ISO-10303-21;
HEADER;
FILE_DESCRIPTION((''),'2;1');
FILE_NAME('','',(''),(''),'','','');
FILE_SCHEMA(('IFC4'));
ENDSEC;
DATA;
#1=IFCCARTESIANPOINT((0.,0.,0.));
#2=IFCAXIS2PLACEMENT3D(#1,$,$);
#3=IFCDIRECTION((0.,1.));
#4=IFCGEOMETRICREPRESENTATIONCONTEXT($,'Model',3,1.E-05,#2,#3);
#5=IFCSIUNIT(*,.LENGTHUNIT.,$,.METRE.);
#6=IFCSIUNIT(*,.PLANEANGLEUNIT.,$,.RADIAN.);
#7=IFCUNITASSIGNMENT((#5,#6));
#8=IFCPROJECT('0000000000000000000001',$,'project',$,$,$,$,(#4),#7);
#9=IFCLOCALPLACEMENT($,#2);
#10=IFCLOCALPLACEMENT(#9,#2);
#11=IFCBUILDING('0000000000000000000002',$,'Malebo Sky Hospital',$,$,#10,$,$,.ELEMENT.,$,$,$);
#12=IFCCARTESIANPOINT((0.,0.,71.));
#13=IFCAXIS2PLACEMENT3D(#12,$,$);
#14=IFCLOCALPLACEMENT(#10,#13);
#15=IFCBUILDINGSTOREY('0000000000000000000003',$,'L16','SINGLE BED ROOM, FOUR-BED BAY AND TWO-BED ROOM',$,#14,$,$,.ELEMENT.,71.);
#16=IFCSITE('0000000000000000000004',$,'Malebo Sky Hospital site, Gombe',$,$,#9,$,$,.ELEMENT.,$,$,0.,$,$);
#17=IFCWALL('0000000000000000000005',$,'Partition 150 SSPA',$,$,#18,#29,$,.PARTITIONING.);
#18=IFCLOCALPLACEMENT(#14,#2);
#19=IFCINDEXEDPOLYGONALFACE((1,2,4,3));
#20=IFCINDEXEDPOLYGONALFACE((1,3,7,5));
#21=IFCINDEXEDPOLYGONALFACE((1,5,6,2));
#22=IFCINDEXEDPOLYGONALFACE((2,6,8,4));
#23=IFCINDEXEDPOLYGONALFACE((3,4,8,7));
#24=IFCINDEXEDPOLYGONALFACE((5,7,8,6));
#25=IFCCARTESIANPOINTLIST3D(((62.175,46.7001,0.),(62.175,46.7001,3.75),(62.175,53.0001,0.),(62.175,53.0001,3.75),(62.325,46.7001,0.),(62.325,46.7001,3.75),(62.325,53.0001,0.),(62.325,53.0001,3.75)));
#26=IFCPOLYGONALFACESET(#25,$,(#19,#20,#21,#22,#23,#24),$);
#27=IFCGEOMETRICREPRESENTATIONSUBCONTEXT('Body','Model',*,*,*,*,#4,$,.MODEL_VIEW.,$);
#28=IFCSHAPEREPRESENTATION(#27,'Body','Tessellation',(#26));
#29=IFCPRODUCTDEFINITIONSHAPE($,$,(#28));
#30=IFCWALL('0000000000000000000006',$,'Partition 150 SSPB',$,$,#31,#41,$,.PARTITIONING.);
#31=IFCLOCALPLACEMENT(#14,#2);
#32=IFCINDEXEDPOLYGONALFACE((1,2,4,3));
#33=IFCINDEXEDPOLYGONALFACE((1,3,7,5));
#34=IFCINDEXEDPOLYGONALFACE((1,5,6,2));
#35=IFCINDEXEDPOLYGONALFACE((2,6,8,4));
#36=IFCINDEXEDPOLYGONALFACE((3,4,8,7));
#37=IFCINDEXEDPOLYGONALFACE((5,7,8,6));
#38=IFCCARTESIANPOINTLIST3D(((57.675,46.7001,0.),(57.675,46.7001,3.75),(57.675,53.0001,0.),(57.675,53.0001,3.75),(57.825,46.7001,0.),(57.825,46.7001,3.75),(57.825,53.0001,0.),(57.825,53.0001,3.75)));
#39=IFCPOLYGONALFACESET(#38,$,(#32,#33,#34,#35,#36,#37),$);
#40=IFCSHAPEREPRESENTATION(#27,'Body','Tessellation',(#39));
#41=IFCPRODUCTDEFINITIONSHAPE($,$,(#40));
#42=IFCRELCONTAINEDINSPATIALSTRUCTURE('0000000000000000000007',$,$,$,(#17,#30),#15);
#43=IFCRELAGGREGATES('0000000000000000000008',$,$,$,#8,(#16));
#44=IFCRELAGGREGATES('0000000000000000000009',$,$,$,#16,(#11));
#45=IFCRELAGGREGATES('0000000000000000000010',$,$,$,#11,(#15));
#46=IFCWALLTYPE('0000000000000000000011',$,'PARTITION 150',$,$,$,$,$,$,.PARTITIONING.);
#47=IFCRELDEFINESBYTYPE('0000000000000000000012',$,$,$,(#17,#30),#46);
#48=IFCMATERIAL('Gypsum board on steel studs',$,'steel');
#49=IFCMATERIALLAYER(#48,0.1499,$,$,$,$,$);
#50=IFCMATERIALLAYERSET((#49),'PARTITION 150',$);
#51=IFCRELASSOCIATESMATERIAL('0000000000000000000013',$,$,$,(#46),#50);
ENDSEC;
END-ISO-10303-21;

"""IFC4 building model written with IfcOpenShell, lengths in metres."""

from ifc_helpers import new_model, si_unit, direction, frame, frame_2d, origin, place, context, subcontext, project, spatial, rectangle, extrude, material, layer, layer_set, type_object, element, save


model = new_model("IFC4")

# Units and contexts
model_context = context("Model", 3, precision=1e-05, world=origin(), true_north=direction((0.0, 1.0)))
body_context = subcontext(model_context, "Body", "Model", "MODEL_VIEW")
ifc_project = project(units=[si_unit("LENGTHUNIT", "METRE"), si_unit("PLANEANGLEUNIT", "RADIAN")], contexts=[model_context])

# Site, building, storey
site_placement = place(None, origin())
site = spatial("IfcSite", under=ifc_project, at=site_placement, Name="Malebo Sky Hospital site, Gombe", CompositionType="ELEMENT", RefElevation=0.0)
building_placement = place(site_placement, origin())
building = spatial("IfcBuilding", under=site, at=building_placement, Name="Malebo Sky Hospital", CompositionType="ELEMENT")
storey_placement = place(building_placement, frame((0.0, 0.0, 71.0)))
storey = spatial("IfcBuildingStorey", under=building, at=storey_placement, Name="L16", Description="SINGLE BED ROOM, FOUR-BED BAY AND TWO-BED ROOM", CompositionType="ELEMENT", Elevation=71.0)

# Shared definitions
ifc_material_1 = material(Name="Gypsum board on steel studs", Category="steel")

# Shared definitions
ifc_layer_1 = layer(ifc_material_1, 0.1499)
ifc_layer_set_1 = layer_set([ifc_layer_1], Name="PARTITION 150")
wall_type_1 = type_object("IfcWallType", Name="PARTITION 150", PredefinedType="PARTITIONING", material=ifc_layer_set_1)

# Walls
for number, where, z_axis, x_axis, name in (
    (1, (62.25, 53.0, 0.0), (0.0, 0.0, 1.0), (0.0, -1.0, 0.0), "Partition 150 SSPA"),
    (2, (57.75, 53.0, 0.0), (0.0, 0.0, 1.0), (0.0, -1.0, 0.0), "Partition 150 SSPB"),
):
    element("IfcWall", number, at=place(storey_placement, frame(where, z_axis=z_axis, x_axis=x_axis)), inside=storey, type_object=wall_type_1, Name=name, PredefinedType="PARTITIONING", context=body_context, shape_type="SweptSolid", body=[
        extrude(rectangle(XDim=6.3, YDim=0.1499, at=frame_2d((3.1499, 0.0))), origin(), (0.0, 0.0, 1.0), 3.75),
    ])

save(model, "model.ifc")
